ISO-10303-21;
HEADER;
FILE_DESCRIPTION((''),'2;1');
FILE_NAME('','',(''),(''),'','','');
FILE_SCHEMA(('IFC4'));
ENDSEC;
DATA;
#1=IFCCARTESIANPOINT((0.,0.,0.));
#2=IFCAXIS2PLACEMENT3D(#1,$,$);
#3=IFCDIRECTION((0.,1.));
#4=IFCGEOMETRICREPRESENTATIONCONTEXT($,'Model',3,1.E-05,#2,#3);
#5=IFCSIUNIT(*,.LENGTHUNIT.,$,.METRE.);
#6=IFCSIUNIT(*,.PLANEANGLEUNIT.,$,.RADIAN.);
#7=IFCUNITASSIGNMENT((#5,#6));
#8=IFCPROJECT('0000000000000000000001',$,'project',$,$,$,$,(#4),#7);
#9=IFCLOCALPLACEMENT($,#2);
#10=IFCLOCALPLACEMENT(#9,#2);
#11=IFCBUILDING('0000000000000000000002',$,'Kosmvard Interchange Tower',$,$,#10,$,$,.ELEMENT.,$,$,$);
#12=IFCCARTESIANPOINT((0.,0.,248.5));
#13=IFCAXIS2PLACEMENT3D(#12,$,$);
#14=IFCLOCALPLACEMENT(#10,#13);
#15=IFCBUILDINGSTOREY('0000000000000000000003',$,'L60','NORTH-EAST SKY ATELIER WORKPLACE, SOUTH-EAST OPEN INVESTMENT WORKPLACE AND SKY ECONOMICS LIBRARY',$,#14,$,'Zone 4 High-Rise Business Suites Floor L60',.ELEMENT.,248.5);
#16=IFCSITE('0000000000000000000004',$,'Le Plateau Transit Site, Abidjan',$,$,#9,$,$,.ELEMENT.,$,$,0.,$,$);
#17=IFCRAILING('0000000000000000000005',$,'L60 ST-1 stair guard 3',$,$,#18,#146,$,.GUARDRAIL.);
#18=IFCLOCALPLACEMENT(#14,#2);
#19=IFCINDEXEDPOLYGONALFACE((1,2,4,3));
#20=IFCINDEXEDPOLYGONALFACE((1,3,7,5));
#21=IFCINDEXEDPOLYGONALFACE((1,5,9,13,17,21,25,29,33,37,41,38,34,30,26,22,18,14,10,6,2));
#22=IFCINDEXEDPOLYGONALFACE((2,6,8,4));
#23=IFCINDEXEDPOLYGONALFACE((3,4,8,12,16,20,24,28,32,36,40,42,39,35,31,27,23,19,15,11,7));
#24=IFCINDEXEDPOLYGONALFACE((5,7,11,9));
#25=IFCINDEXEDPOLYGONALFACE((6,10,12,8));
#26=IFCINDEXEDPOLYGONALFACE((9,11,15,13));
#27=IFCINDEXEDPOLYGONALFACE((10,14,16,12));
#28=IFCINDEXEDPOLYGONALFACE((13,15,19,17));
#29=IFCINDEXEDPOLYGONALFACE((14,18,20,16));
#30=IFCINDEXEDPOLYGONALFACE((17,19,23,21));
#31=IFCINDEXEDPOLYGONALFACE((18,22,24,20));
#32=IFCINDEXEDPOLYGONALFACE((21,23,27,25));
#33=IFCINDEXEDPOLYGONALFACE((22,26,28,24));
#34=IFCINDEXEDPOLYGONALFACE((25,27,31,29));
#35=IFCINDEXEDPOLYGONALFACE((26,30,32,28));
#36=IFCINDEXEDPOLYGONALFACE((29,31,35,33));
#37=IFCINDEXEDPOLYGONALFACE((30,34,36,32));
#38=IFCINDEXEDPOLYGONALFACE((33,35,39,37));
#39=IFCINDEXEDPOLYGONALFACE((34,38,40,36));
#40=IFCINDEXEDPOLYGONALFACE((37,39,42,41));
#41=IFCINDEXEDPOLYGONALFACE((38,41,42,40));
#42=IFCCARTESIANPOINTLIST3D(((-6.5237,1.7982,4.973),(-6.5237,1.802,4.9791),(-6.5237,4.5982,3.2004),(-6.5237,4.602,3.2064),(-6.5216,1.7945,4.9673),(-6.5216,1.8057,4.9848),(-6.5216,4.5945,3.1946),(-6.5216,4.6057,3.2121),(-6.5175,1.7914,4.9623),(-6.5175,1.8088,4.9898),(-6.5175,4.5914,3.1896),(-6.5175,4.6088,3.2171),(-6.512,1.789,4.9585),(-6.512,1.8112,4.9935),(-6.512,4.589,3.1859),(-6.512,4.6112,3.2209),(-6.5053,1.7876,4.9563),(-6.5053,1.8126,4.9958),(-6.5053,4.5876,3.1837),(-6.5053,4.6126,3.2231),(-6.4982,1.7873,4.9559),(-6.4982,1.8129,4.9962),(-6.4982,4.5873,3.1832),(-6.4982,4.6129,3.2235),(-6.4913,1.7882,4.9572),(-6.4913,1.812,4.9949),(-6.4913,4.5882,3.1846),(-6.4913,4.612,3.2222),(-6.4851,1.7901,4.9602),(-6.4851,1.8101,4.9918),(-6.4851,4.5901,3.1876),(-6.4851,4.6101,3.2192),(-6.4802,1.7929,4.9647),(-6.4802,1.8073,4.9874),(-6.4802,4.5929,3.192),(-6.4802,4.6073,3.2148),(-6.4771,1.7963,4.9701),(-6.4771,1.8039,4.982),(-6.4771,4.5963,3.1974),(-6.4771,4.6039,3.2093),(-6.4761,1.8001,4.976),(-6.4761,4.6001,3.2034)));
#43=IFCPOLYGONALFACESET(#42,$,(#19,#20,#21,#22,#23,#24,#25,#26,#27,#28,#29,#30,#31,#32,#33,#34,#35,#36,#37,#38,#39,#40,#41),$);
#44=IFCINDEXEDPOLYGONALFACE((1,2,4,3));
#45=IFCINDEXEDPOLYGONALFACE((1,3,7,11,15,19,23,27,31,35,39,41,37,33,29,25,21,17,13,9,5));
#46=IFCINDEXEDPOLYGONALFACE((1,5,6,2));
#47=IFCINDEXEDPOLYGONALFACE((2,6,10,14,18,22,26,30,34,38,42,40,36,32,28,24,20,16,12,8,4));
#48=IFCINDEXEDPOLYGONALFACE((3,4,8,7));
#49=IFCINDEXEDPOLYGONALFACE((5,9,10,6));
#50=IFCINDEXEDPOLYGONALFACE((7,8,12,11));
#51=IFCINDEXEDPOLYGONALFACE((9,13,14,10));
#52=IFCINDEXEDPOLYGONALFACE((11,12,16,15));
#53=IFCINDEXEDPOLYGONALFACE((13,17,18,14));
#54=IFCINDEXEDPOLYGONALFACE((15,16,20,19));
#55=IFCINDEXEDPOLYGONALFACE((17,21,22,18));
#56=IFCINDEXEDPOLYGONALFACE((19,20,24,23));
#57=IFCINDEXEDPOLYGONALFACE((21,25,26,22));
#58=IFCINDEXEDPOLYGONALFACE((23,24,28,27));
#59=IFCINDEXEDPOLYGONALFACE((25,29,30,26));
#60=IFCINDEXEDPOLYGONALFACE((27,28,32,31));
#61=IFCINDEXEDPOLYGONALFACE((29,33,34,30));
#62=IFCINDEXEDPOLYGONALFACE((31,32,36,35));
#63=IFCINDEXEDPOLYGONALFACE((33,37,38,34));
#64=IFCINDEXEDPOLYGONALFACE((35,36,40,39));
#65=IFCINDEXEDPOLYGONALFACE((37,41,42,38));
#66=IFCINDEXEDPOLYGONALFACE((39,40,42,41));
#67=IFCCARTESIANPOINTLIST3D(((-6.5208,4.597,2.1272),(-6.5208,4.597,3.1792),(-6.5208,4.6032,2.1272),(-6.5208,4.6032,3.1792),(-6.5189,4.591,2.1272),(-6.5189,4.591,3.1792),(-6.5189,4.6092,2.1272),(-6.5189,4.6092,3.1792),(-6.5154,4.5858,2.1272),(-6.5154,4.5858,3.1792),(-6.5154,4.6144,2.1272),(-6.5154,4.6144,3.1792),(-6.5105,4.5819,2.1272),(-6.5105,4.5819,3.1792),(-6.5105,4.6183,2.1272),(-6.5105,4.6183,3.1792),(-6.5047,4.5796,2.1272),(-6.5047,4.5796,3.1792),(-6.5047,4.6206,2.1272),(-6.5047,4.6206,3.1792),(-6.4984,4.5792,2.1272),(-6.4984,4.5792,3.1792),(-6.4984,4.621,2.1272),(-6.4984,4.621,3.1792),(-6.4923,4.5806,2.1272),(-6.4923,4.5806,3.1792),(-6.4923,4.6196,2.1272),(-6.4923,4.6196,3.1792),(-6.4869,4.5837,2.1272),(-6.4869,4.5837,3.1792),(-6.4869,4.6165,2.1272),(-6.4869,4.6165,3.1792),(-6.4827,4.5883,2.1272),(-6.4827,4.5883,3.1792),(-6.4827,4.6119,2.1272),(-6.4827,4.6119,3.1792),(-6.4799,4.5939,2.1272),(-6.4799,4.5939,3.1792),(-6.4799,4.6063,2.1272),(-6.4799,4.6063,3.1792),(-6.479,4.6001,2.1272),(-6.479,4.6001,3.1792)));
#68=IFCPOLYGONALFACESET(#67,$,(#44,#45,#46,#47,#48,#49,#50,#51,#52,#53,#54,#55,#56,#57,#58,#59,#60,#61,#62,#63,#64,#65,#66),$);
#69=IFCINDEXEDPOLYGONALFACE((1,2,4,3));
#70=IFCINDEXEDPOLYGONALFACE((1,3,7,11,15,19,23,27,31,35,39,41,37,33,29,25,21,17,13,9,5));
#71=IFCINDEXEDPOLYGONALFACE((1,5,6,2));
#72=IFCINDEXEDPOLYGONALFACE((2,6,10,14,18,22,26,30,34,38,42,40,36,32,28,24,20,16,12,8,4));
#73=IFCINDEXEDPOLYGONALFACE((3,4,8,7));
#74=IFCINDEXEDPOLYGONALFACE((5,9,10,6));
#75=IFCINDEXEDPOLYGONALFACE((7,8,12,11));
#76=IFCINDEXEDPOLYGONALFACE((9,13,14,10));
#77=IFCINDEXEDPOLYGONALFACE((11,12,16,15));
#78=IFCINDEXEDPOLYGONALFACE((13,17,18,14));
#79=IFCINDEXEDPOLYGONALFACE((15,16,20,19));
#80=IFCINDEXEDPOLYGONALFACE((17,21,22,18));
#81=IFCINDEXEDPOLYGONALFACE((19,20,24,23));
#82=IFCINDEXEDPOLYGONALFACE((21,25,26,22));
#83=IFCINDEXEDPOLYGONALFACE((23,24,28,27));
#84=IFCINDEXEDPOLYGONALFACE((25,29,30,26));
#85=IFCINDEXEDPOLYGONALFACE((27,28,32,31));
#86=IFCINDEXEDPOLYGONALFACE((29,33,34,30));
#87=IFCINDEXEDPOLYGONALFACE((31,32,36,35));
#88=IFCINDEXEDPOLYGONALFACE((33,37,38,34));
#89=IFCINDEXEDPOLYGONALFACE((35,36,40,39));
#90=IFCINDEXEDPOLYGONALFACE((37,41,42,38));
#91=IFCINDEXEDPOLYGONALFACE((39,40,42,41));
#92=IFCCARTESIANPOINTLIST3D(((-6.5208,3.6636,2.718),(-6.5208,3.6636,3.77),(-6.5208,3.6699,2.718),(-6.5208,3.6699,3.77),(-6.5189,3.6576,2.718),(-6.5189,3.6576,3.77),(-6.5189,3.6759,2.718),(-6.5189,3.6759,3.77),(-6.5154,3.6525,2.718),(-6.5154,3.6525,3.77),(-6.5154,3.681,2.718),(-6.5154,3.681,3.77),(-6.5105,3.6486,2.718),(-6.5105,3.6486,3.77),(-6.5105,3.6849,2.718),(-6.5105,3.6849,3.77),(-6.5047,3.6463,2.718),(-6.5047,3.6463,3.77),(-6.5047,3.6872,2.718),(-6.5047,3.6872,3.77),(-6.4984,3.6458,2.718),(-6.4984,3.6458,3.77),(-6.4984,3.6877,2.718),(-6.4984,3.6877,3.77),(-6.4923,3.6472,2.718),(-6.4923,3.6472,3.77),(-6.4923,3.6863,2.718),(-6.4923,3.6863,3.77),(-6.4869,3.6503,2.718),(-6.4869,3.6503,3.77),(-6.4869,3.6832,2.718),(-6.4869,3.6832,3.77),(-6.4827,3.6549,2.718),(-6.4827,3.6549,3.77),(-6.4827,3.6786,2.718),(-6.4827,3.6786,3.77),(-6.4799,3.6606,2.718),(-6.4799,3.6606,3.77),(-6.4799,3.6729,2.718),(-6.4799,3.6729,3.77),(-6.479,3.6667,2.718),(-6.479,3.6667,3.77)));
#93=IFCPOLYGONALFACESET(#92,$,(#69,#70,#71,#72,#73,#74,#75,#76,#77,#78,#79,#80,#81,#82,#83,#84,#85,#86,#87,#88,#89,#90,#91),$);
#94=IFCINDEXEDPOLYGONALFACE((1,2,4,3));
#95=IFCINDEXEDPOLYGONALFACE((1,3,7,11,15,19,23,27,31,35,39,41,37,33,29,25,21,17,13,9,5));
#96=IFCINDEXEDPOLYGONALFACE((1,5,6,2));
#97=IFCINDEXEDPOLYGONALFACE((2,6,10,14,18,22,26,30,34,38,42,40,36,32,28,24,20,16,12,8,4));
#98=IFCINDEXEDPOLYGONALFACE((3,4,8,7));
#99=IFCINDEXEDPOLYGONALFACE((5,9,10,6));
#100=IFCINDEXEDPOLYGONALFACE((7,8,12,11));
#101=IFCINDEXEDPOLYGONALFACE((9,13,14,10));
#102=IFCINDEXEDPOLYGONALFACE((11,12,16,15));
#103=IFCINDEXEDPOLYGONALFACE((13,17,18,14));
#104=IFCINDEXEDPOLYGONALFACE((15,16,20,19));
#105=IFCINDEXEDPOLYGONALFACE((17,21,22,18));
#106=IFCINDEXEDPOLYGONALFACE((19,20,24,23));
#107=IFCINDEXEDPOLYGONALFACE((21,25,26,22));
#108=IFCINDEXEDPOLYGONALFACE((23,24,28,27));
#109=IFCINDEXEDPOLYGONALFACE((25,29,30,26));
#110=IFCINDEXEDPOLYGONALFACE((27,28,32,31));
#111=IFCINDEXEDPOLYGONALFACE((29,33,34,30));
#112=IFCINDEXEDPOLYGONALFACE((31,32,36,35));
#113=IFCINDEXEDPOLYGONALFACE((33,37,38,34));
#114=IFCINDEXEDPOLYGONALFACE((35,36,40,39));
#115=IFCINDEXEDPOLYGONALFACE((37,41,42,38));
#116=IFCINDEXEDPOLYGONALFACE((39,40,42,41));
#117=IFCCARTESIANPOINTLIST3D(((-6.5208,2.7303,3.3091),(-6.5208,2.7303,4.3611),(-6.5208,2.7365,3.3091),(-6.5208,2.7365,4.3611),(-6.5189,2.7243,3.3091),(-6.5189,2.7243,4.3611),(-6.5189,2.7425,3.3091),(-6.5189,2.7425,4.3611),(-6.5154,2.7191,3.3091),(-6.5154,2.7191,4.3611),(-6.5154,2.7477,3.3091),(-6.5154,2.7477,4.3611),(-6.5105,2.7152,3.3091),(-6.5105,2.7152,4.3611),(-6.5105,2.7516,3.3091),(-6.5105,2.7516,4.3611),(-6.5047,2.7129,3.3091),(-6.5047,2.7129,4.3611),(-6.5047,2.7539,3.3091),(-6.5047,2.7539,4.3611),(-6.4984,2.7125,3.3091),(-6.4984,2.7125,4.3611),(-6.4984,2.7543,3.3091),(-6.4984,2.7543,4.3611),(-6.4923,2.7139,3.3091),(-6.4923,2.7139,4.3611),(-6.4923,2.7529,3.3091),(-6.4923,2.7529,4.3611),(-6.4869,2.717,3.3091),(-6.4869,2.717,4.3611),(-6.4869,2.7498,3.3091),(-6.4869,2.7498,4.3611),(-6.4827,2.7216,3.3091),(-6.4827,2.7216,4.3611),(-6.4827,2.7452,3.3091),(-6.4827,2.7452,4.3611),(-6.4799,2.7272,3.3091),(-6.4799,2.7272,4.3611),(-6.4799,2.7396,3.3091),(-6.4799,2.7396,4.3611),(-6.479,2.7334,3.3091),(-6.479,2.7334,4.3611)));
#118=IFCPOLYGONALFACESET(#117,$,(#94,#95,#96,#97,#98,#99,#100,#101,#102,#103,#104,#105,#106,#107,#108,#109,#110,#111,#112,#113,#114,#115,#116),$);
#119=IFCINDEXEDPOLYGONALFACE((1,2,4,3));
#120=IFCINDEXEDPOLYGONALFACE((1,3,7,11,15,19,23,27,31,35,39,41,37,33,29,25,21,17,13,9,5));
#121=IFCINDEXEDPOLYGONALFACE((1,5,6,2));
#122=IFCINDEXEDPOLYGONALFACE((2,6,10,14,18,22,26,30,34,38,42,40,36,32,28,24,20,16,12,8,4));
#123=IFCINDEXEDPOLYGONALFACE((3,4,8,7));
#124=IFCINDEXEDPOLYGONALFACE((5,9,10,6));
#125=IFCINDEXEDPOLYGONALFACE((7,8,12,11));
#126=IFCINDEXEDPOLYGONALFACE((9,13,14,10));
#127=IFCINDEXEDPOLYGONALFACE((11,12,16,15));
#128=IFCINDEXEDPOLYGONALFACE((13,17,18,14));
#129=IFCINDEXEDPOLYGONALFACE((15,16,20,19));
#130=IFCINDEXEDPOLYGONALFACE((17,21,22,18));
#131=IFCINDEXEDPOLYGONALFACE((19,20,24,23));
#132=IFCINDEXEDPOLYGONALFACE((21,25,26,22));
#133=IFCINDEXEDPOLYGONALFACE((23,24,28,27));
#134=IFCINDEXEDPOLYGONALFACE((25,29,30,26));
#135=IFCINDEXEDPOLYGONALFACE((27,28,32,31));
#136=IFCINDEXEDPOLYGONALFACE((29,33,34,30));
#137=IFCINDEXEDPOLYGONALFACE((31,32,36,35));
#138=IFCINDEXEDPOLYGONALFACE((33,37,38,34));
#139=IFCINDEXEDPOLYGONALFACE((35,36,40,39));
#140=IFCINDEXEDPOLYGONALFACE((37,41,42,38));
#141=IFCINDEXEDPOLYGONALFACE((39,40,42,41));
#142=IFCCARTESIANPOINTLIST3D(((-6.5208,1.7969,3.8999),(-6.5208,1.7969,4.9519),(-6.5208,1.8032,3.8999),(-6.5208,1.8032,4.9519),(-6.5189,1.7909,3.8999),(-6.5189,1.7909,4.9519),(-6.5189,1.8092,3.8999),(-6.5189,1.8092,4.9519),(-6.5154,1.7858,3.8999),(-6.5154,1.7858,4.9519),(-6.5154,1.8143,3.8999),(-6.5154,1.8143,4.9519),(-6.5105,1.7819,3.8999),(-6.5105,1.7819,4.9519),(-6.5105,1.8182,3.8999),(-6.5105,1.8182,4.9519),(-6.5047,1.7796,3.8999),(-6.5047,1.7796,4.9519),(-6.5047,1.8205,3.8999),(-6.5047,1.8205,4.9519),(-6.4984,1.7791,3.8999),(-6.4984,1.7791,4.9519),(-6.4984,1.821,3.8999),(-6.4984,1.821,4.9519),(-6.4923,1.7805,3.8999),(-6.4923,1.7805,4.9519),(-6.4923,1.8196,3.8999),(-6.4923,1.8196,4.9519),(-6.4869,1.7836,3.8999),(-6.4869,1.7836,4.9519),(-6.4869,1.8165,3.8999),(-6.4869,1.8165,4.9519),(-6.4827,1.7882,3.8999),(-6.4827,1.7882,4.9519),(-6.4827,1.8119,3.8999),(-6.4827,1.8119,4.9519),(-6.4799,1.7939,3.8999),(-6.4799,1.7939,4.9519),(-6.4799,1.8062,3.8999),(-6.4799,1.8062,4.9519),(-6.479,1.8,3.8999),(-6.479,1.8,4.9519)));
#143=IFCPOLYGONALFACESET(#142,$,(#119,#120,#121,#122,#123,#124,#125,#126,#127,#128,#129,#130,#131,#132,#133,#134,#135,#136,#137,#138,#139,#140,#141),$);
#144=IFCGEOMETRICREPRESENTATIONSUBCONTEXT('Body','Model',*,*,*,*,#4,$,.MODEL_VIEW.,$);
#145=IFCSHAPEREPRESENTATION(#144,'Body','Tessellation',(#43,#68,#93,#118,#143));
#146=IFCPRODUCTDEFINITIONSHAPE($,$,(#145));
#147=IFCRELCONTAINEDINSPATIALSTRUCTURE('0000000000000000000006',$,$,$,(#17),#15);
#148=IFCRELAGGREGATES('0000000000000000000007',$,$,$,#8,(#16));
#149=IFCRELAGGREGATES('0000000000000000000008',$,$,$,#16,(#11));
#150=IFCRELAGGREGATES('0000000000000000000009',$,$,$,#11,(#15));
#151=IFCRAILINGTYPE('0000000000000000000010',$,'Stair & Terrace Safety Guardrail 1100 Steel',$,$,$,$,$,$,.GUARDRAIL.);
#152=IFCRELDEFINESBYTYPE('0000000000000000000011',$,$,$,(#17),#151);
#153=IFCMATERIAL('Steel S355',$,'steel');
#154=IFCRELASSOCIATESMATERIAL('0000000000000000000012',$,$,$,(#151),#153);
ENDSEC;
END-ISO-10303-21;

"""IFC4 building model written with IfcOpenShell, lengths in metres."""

from ifc_helpers import new_model, si_unit, direction, frame, origin, origin_2d, place, context, subcontext, project, spatial, circle, extrude, source, transform, mapped, material, type_object, element, save


model = new_model("IFC4")

# Units and contexts
model_context = context("Model", 3, precision=1e-05, world=origin(), true_north=direction((0.0, 1.0)))
body_context = subcontext(model_context, "Body", "Model", "MODEL_VIEW")
ifc_project = project(units=[si_unit("LENGTHUNIT", "METRE"), si_unit("PLANEANGLEUNIT", "RADIAN")], contexts=[model_context])

# Site, building, storey
site_placement = place(None, origin())
site = spatial("IfcSite", under=ifc_project, at=site_placement, Name="Le Plateau Transit Site, Abidjan", CompositionType="ELEMENT", RefElevation=0.0)
building_placement = place(site_placement, origin())
building = spatial("IfcBuilding", under=site, at=building_placement, Name="Kosmvard Interchange Tower", CompositionType="ELEMENT")
storey_placement = place(building_placement, frame((0.0, 0.0, 248.5)))
storey = spatial("IfcBuildingStorey", under=building, at=storey_placement, Name="L60", Description="NORTH-EAST SKY ATELIER WORKPLACE, SOUTH-EAST OPEN INVESTMENT WORKPLACE AND SKY ECONOMICS LIBRARY", LongName="Zone 4 High-Rise Business Suites Floor L60", CompositionType="ELEMENT", Elevation=248.5)

# Shared definitions
ifc_material_1 = material(Name="Steel S355", Category="steel")

# Railing
railing_type_1 = type_object("IfcRailingType", Name="Stair & Terrace Safety Guardrail 1100 Steel", PredefinedType="GUARDRAIL", material=ifc_material_1)
shared_shape_1 = source(origin(), body_context, "Body", "SweptSolid", [
    extrude(circle(Radius=0.0239, at=origin_2d()), frame((0.0, 0.0, 1.0762), z_axis=(0.0, -0.844909, 0.53491), x_axis=(1.0, 0.0, 0.0)), (0.0, 0.0, 1.0), 3.314),
    extrude(circle(Radius=0.021, at=origin_2d()), origin(), (0.0, 0.0, 1.0), 1.052),
    extrude(circle(Radius=0.021, at=origin_2d()), frame((0.0, -0.9333, 0.5908)), (0.0, 0.0, 1.0), 1.052),
    extrude(circle(Radius=0.021, at=origin_2d()), frame((0.0, -1.8667, 1.1819)), (0.0, 0.0, 1.0), 1.052),
    extrude(circle(Radius=0.021, at=origin_2d()), frame((0.0, -2.8, 1.7727)), (0.0, 0.0, 1.0), 1.052),
])
railing_1_placement = place(storey_placement, frame((-6.5, 4.6001, 2.1272)))
element("IfcRailing", 1, at=railing_1_placement, inside=storey, type_object=railing_type_1, Name="L60 ST-1 stair guard 3", PredefinedType="GUARDRAIL", context=body_context, shape_type="MappedRepresentation", body=[
    mapped(shared_shape_1, transform((0.0, 0.0, 0.0), scale=1.0)),
])

save(model, "model.ifc")
